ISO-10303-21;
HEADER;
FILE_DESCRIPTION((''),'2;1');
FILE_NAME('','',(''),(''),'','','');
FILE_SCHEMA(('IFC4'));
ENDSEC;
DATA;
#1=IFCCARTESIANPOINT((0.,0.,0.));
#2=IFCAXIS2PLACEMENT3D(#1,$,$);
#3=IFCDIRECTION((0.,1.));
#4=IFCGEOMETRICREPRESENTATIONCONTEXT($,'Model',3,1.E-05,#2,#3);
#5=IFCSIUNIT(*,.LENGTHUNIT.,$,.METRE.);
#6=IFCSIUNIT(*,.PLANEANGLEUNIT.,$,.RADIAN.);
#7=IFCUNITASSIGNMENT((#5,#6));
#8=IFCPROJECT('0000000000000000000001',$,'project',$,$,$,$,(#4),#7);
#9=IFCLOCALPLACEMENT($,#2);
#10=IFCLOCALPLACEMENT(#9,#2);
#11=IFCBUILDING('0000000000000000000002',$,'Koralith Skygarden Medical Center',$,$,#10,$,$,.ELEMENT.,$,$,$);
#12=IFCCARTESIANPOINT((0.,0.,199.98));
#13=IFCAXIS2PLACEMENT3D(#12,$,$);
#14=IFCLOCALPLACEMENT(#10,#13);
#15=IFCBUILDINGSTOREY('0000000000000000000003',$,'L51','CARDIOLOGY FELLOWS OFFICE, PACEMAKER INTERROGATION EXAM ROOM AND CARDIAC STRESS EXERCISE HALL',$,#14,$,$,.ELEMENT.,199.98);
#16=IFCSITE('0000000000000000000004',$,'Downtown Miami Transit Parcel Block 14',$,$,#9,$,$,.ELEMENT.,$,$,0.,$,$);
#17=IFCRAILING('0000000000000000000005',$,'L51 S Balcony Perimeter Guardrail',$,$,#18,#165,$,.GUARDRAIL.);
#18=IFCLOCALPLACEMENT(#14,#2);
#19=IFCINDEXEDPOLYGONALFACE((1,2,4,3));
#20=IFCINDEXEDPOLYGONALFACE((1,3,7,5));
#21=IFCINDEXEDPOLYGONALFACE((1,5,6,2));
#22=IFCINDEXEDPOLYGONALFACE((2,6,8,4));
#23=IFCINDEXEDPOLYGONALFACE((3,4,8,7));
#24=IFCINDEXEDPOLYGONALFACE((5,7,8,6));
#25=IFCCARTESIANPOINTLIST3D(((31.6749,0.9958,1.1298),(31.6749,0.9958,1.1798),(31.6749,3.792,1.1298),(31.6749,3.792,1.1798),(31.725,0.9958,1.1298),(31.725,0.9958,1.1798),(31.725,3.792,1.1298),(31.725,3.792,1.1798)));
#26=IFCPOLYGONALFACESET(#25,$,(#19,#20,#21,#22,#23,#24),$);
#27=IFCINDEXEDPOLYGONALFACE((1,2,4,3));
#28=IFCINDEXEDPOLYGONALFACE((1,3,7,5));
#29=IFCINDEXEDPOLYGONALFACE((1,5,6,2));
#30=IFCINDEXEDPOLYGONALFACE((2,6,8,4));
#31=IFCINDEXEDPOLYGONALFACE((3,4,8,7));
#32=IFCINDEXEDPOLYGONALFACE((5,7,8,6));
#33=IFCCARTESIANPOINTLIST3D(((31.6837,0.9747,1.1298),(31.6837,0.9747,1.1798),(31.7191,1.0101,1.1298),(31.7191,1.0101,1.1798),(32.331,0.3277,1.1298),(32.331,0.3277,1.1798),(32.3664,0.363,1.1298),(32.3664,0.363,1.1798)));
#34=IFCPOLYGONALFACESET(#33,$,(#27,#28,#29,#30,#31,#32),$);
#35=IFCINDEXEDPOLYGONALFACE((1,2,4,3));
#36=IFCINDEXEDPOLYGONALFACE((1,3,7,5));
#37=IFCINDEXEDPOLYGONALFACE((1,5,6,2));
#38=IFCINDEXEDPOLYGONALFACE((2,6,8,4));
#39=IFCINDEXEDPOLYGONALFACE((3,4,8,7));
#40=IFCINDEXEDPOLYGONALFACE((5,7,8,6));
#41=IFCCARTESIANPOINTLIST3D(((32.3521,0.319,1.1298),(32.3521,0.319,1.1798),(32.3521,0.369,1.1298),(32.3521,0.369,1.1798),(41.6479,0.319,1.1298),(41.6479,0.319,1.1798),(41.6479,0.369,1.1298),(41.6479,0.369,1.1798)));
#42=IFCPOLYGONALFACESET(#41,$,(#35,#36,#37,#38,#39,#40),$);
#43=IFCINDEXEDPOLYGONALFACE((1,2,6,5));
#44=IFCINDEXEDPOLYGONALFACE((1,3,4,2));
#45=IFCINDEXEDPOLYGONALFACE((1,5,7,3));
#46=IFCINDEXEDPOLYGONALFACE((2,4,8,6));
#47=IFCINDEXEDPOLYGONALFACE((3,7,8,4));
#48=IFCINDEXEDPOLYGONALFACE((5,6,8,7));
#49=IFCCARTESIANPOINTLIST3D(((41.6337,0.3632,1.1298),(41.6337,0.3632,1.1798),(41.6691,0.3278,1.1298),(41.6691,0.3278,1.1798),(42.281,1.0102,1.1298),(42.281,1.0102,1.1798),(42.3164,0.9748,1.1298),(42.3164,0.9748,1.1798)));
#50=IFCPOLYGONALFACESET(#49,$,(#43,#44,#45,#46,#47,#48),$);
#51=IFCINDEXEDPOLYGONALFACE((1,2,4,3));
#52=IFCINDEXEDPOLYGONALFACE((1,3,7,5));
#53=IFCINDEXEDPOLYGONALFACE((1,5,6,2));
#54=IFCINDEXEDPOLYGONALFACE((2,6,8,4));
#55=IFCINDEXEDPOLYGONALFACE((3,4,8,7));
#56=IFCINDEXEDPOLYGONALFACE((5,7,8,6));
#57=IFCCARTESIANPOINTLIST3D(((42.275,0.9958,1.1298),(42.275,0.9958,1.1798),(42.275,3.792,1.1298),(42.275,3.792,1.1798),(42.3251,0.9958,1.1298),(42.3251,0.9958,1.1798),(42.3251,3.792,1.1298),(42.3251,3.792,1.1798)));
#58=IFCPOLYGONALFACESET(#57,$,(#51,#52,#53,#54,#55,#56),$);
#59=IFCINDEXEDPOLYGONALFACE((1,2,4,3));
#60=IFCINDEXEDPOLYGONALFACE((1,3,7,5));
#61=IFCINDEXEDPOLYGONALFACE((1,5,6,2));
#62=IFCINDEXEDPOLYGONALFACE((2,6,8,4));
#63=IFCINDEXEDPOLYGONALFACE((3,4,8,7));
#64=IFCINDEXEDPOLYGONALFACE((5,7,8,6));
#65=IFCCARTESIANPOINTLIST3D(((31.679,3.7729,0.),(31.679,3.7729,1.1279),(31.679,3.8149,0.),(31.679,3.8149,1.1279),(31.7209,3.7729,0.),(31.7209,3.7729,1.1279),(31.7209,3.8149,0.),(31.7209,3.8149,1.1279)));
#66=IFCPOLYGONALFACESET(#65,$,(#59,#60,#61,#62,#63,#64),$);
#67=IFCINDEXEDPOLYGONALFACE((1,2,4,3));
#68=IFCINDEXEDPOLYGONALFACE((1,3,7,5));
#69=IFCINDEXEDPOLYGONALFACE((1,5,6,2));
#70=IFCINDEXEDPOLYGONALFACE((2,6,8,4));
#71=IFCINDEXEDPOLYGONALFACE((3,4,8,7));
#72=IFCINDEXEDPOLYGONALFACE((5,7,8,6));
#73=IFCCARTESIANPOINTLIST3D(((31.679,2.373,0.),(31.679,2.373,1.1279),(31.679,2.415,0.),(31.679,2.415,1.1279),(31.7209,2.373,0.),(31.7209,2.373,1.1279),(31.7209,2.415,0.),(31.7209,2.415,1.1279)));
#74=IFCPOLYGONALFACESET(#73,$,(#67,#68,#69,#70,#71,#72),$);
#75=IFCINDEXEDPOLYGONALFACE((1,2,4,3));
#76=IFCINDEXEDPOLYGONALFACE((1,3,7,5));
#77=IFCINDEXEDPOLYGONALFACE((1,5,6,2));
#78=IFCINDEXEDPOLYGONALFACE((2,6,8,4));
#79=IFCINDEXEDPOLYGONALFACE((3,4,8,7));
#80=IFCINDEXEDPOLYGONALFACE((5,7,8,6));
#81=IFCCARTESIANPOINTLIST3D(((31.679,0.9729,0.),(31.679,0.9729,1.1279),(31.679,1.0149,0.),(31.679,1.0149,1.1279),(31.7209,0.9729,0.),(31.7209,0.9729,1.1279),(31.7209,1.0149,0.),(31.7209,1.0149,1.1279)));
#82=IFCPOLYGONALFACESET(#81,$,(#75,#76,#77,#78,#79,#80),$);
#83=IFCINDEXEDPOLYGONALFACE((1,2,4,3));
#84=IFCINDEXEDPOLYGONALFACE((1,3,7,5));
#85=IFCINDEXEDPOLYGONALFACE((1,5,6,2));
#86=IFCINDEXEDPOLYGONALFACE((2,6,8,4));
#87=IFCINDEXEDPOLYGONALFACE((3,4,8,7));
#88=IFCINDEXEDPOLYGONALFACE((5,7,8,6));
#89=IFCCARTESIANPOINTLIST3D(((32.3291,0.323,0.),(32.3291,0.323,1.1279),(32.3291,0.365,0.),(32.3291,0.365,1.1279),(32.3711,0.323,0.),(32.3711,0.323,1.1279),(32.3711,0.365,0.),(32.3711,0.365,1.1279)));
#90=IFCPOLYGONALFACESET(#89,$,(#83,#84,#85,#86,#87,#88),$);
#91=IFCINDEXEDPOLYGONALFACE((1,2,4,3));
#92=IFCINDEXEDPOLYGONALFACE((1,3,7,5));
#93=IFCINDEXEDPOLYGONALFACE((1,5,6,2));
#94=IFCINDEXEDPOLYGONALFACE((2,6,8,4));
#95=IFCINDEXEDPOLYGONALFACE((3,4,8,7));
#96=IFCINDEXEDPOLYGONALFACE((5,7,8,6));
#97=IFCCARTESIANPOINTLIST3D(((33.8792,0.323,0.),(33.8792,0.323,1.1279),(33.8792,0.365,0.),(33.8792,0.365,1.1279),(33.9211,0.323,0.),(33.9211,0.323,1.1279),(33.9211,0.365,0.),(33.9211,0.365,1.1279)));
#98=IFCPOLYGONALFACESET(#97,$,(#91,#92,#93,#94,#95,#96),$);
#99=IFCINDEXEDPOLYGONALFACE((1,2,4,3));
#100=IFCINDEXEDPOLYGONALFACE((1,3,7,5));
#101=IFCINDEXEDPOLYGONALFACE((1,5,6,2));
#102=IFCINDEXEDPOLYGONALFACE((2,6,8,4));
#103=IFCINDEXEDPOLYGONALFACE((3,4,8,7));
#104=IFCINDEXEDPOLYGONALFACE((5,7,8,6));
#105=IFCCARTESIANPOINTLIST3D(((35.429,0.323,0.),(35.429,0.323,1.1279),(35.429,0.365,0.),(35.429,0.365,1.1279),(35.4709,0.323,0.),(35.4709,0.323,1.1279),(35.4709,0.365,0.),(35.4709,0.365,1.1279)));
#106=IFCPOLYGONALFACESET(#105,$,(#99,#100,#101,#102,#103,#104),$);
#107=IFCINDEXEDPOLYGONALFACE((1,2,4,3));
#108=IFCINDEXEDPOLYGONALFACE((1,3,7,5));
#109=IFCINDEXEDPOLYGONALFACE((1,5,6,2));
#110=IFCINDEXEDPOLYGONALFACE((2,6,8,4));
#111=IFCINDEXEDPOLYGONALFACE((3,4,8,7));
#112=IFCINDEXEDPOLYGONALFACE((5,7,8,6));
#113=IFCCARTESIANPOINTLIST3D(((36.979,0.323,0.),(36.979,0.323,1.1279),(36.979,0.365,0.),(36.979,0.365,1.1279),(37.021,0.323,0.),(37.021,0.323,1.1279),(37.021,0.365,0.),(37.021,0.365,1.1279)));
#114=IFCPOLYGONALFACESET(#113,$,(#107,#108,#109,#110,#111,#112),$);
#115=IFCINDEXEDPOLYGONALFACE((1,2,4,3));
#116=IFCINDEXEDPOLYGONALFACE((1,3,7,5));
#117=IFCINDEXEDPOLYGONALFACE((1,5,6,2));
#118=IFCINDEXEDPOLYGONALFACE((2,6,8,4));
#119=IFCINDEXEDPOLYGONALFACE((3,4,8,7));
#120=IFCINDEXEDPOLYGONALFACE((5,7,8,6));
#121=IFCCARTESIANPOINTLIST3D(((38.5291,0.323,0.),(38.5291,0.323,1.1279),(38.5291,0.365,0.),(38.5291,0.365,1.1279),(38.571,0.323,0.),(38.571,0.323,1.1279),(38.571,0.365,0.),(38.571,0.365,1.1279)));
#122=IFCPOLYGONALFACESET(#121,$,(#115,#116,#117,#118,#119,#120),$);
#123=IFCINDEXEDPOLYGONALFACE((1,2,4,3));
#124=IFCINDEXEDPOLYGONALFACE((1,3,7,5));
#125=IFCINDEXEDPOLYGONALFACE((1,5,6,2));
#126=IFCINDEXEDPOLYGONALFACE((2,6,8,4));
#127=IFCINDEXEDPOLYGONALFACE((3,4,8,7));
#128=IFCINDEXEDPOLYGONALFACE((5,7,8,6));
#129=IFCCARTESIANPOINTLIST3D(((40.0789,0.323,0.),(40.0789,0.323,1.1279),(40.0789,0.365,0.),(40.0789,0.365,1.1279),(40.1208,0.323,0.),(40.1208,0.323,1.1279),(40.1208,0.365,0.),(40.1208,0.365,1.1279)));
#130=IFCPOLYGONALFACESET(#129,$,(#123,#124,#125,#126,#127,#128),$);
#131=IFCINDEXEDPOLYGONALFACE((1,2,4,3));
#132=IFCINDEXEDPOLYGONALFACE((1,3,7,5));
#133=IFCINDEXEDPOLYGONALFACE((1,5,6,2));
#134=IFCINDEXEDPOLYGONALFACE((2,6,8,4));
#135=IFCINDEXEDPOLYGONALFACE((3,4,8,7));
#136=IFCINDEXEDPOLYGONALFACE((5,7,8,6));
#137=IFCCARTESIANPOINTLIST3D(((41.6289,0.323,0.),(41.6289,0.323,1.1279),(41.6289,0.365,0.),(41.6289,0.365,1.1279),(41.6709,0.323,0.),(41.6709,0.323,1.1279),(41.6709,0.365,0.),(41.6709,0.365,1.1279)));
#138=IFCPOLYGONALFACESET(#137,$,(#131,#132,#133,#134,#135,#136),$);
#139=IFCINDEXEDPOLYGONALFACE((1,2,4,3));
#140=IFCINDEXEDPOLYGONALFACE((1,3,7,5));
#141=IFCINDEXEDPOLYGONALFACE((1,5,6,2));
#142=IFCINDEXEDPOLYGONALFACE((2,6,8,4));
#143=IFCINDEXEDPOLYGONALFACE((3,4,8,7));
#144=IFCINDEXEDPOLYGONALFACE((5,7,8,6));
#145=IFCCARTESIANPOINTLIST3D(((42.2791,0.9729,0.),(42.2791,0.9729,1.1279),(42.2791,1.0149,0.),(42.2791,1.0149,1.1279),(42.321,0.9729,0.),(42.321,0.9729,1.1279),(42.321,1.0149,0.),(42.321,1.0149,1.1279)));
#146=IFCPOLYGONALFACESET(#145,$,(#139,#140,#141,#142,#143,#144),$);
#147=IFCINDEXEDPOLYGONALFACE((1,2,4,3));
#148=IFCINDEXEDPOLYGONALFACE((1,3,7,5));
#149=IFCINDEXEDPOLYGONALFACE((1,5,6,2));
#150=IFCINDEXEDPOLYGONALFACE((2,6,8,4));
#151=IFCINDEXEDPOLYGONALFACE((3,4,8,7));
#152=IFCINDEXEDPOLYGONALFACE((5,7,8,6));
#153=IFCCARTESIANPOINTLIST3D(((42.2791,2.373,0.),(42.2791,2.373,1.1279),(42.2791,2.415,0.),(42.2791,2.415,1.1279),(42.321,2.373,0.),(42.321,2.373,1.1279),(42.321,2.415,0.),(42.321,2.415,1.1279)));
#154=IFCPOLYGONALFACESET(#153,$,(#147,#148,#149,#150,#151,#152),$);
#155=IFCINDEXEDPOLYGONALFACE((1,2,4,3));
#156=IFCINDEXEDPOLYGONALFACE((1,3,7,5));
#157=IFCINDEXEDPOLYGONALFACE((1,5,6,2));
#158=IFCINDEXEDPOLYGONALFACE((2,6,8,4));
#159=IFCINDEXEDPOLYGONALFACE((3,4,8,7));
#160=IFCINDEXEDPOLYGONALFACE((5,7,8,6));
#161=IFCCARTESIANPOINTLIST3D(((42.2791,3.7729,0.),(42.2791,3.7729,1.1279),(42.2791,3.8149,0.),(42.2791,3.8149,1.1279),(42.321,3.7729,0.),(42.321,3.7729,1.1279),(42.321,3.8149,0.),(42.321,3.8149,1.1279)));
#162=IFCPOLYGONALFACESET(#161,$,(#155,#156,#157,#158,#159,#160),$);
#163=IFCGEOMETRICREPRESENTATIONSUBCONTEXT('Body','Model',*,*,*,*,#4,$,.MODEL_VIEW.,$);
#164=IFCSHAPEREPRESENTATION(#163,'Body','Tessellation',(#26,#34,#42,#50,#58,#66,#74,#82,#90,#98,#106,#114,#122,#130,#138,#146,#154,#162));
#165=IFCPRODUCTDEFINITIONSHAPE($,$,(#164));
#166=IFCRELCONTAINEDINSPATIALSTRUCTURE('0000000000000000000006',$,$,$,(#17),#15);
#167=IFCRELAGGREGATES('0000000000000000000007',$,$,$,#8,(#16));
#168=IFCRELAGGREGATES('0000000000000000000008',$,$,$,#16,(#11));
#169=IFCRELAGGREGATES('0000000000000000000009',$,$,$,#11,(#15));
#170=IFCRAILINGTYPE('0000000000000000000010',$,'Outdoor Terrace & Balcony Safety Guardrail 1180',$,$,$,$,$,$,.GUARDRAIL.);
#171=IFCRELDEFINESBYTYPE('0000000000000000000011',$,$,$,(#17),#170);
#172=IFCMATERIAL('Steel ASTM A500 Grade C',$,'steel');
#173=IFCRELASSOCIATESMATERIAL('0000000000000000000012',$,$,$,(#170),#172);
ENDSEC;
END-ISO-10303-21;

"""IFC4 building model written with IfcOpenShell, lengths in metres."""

from ifc_helpers import new_model, si_unit, direction, frame, origin, origin_2d, place, context, subcontext, project, spatial, rectangle, extrude, material, type_object, element, save


model = new_model("IFC4")

# Units and contexts
model_context = context("Model", 3, precision=1e-05, world=origin(), true_north=direction((0.0, 1.0)))
body_context = subcontext(model_context, "Body", "Model", "MODEL_VIEW")
ifc_project = project(units=[si_unit("LENGTHUNIT", "METRE"), si_unit("PLANEANGLEUNIT", "RADIAN")], contexts=[model_context])

# Site, building, storey
site_placement = place(None, origin())
site = spatial("IfcSite", under=ifc_project, at=site_placement, Name="Downtown Miami Transit Parcel Block 14", CompositionType="ELEMENT", RefElevation=0.0)
building_placement = place(site_placement, origin())
building = spatial("IfcBuilding", under=site, at=building_placement, Name="Koralith Skygarden Medical Center", CompositionType="ELEMENT")
storey_placement = place(building_placement, frame((0.0, 0.0, 199.98)))
storey = spatial("IfcBuildingStorey", under=building, at=storey_placement, Name="L51", Description="CARDIOLOGY FELLOWS OFFICE, PACEMAKER INTERROGATION EXAM ROOM AND CARDIAC STRESS EXERCISE HALL", CompositionType="ELEMENT", Elevation=199.98)

# Railing
ifc_material_1 = material(Name="Steel ASTM A500 Grade C", Category="steel")
railing_type = type_object("IfcRailingType", Name="Outdoor Terrace & Balcony Safety Guardrail 1180", PredefinedType="GUARDRAIL", material=ifc_material_1)
railing_placement = place(storey_placement, frame((31.7, 3.7939, 0.0)))
element("IfcRailing", 1, at=railing_placement, inside=storey, type_object=railing_type, Name="L51 S Balcony Perimeter Guardrail", PredefinedType="GUARDRAIL", context=body_context, shape_type="SweptSolid", body=[
    extrude(rectangle(XDim=0.05, YDim=0.05, at=origin_2d()), frame((0.0, -0.002, 1.1548), z_axis=(0.0, -1.0, 0.0), x_axis=(1.0, 0.0, 0.0)), (0.0, 0.0, 1.0), 2.7961),
    extrude(rectangle(XDim=0.05, YDim=0.05, at=origin_2d()), frame((0.0015, -2.8015, 1.1548), z_axis=(0.70724, -0.706974, 0.0), x_axis=(0.706974, 0.70724, 0.0)), (0.0, 0.0, 1.0), 0.9153),
    extrude(rectangle(XDim=0.05, YDim=0.05, at=origin_2d()), frame((0.6521, -3.45, 1.1548), z_axis=(1.0, 0.0, 0.0), x_axis=(0.0, 1.0, 0.0)), (0.0, 0.0, 1.0), 9.2959),
    extrude(rectangle(XDim=0.05, YDim=0.05, at=origin_2d()), frame((9.9514, -3.4485, 1.1548), z_axis=(0.70724, 0.706974, 0.0), x_axis=(-0.706974, 0.70724, 0.0)), (0.0, 0.0, 1.0), 0.9153),
    extrude(rectangle(XDim=0.05, YDim=0.05, at=origin_2d()), frame((10.6001, -2.7981, 1.1548), z_axis=(0.0, 1.0, 0.0), x_axis=(-1.0, 0.0, 0.0)), (0.0, 0.0, 1.0), 2.7961),
    extrude(rectangle(XDim=0.042, YDim=0.042, at=origin_2d()), origin(), (0.0, 0.0, 1.0), 1.1279),
    extrude(rectangle(XDim=0.042, YDim=0.042, at=origin_2d()), frame((0.0, -1.3999, 0.0)), (0.0, 0.0, 1.0), 1.1279),
    extrude(rectangle(XDim=0.042, YDim=0.042, at=origin_2d()), frame((0.0, -2.8, 0.0)), (0.0, 0.0, 1.0), 1.1279),
    extrude(rectangle(XDim=0.042, YDim=0.042, at=origin_2d()), frame((0.6501, -3.45, 0.0)), (0.0, 0.0, 1.0), 1.1279),
    extrude(rectangle(XDim=0.042, YDim=0.042, at=origin_2d()), frame((2.2002, -3.45, 0.0)), (0.0, 0.0, 1.0), 1.1279),
    extrude(rectangle(XDim=0.042, YDim=0.042, at=origin_2d()), frame((3.75, -3.45, 0.0)), (0.0, 0.0, 1.0), 1.1279),
    extrude(rectangle(XDim=0.042, YDim=0.042, at=origin_2d()), frame((5.3, -3.45, 0.0)), (0.0, 0.0, 1.0), 1.1279),
    extrude(rectangle(XDim=0.042, YDim=0.042, at=origin_2d()), frame((6.8501, -3.45, 0.0)), (0.0, 0.0, 1.0), 1.1279),
    extrude(rectangle(XDim=0.042, YDim=0.042, at=origin_2d()), frame((8.3999, -3.45, 0.0)), (0.0, 0.0, 1.0), 1.1279),
    extrude(rectangle(XDim=0.042, YDim=0.042, at=origin_2d()), frame((9.95, -3.45, 0.0)), (0.0, 0.0, 1.0), 1.1279),
    extrude(rectangle(XDim=0.042, YDim=0.042, at=origin_2d()), frame((10.6001, -2.8, 0.0)), (0.0, 0.0, 1.0), 1.1279),
    extrude(rectangle(XDim=0.042, YDim=0.042, at=origin_2d()), frame((10.6001, -1.3999, 0.0)), (0.0, 0.0, 1.0), 1.1279),
    extrude(rectangle(XDim=0.042, YDim=0.042, at=origin_2d()), frame((10.6001, 0.0, 0.0)), (0.0, 0.0, 1.0), 1.1279),
])

save(model, "model.ifc")
